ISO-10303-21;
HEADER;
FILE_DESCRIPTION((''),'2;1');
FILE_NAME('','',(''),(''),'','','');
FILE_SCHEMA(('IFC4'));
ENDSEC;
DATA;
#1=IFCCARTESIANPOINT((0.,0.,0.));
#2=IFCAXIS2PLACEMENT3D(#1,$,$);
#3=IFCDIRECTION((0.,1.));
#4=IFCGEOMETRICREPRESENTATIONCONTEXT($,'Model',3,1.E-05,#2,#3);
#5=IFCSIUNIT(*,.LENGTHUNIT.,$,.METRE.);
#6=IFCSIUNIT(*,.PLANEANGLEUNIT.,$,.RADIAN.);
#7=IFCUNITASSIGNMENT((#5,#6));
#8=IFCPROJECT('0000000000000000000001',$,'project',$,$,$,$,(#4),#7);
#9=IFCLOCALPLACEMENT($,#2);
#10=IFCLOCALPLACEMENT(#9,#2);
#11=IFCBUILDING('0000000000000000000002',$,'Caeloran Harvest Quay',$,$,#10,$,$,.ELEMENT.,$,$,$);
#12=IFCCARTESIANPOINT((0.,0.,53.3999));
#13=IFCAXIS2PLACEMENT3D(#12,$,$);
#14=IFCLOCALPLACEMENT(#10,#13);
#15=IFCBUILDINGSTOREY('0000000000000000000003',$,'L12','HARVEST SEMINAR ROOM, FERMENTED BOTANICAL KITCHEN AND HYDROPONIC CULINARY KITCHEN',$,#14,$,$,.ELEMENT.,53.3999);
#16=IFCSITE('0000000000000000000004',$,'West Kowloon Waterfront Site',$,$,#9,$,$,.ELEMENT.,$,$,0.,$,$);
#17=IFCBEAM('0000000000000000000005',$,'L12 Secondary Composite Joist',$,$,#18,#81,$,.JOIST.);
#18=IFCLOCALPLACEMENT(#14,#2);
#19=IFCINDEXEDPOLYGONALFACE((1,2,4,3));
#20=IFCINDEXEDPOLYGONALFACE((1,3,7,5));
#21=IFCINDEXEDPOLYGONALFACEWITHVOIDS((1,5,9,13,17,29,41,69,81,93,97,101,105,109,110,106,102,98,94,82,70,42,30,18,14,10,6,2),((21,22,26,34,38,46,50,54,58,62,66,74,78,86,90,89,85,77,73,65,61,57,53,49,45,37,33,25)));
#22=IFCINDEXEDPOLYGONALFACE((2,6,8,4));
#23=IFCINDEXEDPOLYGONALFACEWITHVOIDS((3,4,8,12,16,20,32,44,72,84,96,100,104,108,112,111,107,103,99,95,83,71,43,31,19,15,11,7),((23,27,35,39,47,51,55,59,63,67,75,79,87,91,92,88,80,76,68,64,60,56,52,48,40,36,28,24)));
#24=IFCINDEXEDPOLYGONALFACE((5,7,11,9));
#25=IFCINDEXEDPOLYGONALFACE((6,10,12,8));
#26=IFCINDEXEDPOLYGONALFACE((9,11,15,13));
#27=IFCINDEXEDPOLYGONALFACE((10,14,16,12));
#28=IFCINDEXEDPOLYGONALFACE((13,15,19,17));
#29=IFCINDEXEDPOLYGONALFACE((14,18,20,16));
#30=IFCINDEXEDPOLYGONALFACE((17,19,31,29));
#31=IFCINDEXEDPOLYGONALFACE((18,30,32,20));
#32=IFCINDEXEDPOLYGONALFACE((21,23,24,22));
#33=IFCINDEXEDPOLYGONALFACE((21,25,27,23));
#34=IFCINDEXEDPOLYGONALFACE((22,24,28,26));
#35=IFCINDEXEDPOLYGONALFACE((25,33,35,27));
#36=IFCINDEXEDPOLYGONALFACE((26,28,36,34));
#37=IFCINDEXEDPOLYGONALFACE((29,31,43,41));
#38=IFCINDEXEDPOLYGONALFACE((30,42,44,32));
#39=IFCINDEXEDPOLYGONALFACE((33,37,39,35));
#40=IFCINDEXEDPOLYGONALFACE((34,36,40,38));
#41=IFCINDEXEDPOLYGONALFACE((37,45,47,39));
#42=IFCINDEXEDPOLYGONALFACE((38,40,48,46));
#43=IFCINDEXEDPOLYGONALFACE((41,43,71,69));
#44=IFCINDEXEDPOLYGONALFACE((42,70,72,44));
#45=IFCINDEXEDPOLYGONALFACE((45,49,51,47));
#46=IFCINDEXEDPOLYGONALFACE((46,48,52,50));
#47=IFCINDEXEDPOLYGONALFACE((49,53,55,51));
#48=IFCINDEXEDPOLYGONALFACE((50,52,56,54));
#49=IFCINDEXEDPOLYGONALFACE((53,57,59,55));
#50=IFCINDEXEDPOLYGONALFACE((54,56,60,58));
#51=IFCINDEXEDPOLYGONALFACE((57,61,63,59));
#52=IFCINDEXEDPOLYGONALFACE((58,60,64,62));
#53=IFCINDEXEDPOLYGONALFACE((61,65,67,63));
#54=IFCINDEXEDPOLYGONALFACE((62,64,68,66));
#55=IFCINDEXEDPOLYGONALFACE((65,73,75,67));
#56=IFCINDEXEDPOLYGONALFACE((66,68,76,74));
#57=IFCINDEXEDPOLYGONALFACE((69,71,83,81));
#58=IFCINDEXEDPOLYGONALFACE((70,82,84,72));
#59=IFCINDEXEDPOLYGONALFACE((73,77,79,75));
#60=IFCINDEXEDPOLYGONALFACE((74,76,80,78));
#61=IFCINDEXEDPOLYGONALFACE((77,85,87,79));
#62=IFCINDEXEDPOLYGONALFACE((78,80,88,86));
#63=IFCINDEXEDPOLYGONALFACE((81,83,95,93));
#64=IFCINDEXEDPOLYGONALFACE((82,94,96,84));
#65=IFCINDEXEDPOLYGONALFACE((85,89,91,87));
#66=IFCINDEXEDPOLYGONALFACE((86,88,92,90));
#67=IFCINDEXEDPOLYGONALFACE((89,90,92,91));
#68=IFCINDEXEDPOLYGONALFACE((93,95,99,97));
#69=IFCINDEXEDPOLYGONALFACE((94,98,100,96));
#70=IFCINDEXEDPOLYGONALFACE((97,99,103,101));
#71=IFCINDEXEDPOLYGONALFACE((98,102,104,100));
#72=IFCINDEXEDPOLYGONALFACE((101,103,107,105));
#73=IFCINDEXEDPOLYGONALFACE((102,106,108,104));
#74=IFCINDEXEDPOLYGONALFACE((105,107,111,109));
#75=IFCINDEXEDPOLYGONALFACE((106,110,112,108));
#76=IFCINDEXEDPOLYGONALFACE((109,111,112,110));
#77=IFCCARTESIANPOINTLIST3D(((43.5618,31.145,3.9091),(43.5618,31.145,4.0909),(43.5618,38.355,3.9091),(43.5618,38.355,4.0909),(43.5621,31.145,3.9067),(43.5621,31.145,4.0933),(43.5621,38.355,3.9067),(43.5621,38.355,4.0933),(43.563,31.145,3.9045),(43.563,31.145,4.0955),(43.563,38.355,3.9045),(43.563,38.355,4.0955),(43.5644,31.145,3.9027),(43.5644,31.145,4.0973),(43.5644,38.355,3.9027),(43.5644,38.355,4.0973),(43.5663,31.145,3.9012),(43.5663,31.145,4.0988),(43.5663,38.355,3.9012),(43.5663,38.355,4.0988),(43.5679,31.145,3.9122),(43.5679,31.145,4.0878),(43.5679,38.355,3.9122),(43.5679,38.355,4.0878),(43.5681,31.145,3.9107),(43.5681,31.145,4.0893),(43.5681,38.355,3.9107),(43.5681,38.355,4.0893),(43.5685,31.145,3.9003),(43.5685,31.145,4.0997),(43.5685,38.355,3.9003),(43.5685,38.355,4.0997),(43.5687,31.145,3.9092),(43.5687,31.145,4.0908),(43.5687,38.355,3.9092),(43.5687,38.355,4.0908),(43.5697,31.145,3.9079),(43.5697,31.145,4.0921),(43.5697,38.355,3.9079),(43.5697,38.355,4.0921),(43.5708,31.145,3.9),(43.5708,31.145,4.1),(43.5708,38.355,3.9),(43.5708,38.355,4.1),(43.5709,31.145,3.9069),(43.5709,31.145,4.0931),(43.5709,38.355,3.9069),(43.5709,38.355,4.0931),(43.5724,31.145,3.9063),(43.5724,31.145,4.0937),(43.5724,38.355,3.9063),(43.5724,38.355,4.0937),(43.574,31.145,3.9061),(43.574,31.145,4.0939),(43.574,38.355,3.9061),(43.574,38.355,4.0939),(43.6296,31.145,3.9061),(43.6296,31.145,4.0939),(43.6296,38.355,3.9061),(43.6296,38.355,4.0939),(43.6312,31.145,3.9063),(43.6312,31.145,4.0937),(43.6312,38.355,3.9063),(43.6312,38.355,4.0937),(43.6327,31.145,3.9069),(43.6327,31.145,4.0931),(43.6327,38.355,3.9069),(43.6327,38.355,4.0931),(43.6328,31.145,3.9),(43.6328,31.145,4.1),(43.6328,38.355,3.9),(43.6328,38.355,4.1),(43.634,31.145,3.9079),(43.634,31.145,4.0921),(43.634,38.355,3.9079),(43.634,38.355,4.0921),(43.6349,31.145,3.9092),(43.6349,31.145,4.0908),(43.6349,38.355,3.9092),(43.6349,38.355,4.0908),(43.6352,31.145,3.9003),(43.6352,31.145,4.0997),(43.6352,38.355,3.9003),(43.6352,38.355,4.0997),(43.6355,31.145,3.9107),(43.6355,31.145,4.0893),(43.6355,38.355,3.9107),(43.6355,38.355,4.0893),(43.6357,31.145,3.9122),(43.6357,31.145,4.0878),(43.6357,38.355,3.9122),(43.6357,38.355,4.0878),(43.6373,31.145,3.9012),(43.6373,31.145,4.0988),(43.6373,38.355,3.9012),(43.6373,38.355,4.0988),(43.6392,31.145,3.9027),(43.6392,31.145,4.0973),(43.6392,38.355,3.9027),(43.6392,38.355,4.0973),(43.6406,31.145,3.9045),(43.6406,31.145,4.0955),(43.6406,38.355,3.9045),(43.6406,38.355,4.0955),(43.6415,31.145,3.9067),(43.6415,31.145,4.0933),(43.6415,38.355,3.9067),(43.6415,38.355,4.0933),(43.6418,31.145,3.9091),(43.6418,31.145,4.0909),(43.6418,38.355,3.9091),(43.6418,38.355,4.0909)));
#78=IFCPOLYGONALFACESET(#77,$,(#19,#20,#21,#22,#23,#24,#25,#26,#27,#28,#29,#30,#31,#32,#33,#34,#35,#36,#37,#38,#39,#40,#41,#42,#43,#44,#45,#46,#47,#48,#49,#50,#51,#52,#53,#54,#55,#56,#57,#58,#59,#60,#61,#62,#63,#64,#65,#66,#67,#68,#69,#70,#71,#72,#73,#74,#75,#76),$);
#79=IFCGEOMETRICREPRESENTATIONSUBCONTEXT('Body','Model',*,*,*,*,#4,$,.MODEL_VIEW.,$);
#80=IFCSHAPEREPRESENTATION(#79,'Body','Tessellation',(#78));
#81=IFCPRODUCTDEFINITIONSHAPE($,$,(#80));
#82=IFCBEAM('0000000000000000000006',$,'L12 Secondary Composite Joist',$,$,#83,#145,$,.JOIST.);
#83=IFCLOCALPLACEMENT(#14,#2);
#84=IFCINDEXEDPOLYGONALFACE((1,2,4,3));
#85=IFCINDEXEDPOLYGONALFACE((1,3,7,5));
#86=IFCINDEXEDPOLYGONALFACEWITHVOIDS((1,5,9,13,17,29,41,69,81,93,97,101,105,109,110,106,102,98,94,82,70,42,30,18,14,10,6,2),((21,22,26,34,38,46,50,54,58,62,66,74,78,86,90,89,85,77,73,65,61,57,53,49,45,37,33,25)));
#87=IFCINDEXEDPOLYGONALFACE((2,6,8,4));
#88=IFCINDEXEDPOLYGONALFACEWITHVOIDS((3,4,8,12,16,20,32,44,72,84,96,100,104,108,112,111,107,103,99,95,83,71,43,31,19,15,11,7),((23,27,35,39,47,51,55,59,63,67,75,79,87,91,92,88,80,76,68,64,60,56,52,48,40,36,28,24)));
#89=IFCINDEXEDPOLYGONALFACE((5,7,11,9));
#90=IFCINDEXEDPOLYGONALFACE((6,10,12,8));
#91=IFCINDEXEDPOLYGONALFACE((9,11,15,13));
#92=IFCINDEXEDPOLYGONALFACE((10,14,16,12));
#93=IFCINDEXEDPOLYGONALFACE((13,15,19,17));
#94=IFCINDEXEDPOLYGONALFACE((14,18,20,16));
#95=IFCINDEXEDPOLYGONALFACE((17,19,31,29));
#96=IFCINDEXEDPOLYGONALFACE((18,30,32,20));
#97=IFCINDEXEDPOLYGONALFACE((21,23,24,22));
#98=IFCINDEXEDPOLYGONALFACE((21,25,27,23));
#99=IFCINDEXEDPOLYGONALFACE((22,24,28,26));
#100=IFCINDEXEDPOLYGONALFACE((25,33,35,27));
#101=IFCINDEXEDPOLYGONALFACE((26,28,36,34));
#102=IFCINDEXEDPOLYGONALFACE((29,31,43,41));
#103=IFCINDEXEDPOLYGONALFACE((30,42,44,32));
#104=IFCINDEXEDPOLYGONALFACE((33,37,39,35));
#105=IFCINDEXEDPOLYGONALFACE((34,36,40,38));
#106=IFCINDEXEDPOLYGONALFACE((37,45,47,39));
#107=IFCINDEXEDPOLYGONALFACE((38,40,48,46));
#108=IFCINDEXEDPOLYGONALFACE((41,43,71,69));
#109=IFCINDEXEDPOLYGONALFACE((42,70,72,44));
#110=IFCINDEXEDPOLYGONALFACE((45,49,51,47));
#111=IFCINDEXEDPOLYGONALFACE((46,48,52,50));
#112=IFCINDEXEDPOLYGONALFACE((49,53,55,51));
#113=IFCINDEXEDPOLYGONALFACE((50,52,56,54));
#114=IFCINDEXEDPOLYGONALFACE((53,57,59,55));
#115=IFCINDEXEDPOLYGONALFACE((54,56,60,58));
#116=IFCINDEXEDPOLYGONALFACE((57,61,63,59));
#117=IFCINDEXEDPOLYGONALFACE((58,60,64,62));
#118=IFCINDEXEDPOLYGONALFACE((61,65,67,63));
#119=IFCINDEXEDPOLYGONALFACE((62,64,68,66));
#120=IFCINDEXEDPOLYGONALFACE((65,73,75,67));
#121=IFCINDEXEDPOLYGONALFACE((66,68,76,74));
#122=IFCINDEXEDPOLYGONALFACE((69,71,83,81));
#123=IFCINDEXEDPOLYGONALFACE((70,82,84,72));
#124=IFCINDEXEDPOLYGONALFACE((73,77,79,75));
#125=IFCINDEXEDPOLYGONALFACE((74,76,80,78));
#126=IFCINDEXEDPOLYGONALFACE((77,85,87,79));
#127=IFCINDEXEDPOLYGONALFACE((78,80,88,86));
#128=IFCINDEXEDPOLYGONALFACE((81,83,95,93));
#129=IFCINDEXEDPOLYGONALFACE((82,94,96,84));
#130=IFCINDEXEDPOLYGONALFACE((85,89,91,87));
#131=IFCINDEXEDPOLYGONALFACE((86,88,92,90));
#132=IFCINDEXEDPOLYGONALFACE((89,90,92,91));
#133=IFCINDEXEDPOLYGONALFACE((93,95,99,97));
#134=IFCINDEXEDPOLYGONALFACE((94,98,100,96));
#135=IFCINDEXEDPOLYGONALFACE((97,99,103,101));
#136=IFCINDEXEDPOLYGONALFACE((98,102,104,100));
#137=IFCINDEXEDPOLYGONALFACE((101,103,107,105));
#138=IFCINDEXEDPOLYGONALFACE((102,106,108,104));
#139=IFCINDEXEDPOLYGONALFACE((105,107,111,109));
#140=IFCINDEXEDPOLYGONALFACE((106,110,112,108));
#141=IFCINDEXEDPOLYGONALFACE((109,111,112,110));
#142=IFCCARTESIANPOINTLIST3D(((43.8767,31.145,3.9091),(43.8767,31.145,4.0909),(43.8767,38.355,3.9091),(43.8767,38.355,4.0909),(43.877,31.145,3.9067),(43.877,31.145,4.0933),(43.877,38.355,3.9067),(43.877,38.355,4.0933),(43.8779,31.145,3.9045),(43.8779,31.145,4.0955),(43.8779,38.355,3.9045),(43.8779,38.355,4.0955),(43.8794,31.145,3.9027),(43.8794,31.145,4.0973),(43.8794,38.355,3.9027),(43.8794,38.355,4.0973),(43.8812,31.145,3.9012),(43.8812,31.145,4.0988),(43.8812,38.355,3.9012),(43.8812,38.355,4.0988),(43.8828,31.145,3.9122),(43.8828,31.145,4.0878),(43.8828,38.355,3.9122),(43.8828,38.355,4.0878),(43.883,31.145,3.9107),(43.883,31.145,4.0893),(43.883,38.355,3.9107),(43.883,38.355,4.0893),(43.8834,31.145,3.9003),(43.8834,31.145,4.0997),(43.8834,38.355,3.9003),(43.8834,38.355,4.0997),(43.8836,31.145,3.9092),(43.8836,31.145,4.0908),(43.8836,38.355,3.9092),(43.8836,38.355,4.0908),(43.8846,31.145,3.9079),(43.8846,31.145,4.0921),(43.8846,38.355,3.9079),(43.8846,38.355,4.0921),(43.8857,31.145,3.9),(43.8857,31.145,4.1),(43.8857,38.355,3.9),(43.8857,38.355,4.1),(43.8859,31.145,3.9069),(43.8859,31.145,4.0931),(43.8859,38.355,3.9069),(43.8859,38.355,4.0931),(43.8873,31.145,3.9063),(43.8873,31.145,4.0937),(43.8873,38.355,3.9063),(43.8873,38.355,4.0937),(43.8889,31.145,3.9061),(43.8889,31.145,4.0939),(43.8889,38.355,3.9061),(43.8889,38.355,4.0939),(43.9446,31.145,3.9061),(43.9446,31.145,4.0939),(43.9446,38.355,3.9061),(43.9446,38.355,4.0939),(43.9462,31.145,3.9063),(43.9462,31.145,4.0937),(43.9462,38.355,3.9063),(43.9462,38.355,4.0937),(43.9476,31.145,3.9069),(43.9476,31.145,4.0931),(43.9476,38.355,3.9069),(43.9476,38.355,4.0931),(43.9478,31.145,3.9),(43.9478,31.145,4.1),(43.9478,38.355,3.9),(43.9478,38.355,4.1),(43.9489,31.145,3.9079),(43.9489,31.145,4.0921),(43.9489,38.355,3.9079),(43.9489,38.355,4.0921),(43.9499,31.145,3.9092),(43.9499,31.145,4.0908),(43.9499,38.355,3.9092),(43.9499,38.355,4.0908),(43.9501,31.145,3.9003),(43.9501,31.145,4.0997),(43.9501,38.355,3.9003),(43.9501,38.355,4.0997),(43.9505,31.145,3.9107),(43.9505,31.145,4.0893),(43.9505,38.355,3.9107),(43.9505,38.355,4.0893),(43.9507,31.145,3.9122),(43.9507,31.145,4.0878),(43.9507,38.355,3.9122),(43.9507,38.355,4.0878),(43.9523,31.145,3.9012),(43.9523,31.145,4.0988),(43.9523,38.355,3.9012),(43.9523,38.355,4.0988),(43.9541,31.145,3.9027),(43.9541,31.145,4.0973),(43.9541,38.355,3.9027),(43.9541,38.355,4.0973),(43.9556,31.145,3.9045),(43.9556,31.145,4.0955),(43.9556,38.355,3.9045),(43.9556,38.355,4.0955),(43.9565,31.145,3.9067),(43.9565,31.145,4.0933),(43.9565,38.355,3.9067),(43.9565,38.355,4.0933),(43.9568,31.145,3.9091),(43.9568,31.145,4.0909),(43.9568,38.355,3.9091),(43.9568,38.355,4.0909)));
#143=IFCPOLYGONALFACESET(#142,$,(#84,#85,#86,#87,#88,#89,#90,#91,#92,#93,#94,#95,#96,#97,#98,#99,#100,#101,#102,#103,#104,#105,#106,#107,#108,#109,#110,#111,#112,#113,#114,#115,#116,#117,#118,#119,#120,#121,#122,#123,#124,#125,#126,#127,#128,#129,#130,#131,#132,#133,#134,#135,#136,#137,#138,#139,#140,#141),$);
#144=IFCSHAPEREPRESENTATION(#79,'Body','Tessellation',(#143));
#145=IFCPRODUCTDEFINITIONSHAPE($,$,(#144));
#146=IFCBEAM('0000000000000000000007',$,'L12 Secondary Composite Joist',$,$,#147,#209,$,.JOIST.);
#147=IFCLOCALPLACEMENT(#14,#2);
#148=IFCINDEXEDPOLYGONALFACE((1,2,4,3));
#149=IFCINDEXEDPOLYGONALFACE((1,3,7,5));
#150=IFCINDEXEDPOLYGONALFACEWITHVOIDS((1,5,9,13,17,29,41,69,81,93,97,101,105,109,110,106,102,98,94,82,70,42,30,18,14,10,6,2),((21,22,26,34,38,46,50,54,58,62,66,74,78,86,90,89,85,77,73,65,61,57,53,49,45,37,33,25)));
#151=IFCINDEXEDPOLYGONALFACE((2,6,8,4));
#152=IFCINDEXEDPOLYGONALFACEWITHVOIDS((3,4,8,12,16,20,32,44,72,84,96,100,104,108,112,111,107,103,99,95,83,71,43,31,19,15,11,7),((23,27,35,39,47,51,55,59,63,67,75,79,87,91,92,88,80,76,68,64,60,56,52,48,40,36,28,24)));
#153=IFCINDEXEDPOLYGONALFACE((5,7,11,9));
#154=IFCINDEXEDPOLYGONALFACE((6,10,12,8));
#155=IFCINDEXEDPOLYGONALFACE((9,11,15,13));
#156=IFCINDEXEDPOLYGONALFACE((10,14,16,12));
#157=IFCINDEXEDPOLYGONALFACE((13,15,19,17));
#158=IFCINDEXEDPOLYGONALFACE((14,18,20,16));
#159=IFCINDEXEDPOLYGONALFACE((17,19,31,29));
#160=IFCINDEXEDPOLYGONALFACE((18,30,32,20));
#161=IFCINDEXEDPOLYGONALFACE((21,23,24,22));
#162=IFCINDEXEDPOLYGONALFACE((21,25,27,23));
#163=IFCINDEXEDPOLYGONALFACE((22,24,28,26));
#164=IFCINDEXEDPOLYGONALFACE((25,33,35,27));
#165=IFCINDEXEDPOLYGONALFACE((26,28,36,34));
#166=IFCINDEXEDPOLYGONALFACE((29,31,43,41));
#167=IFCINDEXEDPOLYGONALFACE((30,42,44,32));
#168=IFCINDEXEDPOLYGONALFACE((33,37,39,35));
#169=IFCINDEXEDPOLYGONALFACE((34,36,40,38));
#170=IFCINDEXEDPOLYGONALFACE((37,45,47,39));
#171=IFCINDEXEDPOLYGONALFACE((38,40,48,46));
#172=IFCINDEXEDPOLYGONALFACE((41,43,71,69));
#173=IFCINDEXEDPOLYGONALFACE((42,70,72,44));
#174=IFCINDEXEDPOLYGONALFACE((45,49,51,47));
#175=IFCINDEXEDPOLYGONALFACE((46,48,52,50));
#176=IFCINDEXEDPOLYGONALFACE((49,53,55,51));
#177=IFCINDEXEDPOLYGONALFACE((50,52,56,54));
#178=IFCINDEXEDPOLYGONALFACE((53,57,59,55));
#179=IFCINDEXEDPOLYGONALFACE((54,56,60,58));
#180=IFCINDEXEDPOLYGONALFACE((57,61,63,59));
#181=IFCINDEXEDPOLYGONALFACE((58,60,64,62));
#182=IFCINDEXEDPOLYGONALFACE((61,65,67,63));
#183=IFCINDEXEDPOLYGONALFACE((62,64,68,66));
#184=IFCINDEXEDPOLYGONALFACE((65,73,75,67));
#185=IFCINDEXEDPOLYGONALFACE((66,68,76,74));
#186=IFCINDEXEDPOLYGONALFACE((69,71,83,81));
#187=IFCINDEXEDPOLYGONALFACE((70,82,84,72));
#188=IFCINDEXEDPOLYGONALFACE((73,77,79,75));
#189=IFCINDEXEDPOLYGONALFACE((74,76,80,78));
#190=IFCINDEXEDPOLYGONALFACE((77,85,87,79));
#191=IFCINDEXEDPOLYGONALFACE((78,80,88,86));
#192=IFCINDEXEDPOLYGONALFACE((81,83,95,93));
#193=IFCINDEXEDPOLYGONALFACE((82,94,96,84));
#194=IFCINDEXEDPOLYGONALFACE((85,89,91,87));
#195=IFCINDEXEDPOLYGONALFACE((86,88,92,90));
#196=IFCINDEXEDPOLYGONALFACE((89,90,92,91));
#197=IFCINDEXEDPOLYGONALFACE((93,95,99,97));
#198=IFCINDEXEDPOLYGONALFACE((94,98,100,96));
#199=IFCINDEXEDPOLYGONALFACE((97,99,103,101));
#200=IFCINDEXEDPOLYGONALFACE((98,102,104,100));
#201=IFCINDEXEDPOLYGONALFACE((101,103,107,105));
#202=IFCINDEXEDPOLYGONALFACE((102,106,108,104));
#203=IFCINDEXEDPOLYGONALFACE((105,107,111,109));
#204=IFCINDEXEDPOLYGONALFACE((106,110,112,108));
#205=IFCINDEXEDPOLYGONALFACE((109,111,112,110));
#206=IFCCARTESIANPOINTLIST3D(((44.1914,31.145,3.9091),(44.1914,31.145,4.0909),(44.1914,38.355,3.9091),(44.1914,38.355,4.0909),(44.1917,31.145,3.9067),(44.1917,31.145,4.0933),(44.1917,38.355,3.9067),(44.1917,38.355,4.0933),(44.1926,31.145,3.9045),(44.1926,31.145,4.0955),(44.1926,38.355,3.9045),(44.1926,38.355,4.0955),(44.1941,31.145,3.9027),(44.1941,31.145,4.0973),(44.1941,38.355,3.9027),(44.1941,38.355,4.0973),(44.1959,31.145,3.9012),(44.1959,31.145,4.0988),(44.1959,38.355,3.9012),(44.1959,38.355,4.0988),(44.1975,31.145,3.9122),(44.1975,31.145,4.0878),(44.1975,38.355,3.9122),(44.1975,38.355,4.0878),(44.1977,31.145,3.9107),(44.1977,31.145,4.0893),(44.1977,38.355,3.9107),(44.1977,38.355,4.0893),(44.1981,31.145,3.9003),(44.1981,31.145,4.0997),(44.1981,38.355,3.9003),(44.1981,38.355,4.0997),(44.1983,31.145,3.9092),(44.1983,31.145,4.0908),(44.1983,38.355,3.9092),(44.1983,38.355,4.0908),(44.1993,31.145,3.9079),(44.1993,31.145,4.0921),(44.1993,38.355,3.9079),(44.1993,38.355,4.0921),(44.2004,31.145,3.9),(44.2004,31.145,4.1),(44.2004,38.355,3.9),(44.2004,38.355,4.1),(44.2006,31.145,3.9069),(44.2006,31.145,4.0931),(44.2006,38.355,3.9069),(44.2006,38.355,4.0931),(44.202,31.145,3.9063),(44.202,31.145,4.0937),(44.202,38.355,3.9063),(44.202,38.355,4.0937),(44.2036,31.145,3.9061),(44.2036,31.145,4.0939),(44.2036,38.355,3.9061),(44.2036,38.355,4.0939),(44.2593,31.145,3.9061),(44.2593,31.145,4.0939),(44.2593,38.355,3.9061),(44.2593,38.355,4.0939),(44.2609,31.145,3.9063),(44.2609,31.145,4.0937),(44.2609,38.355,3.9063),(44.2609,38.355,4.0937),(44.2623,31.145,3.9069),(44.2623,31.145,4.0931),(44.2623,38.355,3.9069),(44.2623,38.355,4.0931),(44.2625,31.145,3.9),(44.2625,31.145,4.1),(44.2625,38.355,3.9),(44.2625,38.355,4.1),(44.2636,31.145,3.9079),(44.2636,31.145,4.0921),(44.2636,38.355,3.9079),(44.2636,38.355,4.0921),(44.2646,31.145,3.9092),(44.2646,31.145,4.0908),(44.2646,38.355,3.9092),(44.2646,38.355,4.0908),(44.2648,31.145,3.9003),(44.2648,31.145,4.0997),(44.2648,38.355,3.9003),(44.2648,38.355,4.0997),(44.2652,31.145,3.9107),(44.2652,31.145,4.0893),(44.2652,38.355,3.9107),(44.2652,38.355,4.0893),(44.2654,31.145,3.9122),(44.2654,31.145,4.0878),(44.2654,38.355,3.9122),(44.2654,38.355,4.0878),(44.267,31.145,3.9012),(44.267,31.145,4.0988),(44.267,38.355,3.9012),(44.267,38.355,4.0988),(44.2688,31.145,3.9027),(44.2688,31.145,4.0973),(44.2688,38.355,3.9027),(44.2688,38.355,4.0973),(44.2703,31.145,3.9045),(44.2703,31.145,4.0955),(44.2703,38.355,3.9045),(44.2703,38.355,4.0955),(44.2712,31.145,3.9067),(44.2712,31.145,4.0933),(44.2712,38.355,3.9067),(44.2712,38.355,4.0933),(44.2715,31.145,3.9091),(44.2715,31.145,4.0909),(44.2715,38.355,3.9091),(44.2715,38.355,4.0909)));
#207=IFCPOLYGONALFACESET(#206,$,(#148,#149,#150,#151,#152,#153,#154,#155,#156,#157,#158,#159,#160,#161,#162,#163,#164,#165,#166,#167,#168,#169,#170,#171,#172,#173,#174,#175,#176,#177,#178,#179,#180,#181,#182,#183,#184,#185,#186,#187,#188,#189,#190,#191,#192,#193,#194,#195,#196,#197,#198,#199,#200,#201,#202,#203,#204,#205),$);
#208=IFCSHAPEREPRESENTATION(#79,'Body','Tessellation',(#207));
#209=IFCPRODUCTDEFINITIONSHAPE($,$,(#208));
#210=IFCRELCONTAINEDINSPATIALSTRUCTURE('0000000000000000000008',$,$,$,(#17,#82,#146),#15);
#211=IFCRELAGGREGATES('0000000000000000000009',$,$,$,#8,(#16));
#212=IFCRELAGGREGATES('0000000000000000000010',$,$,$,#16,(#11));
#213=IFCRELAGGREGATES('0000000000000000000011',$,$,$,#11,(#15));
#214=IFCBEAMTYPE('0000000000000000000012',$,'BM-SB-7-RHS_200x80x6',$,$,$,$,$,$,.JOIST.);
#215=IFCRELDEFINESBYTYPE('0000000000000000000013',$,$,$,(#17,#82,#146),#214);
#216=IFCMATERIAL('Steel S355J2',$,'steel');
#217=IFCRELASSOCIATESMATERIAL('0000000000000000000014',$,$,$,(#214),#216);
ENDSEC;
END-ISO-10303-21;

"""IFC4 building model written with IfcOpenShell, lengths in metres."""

from ifc_helpers import new_model, si_unit, direction, frame, origin, origin_2d, place, context, subcontext, project, spatial, hollow_rectangle, extrude, material, material_profile, profile_set, type_object, element, save


model = new_model("IFC4")

# Units and contexts
model_context = context("Model", 3, precision=1e-05, world=origin(), true_north=direction((0.0, 1.0)))
body_context = subcontext(model_context, "Body", "Model", "MODEL_VIEW")
ifc_project = project(units=[si_unit("LENGTHUNIT", "METRE"), si_unit("PLANEANGLEUNIT", "RADIAN")], contexts=[model_context])

# Site, building, storey
site_placement = place(None, origin())
site = spatial("IfcSite", under=ifc_project, at=site_placement, Name="West Kowloon Waterfront Site", CompositionType="ELEMENT", RefElevation=0.0)
building_placement = place(site_placement, origin())
building = spatial("IfcBuilding", under=site, at=building_placement, Name="Caeloran Harvest Quay", CompositionType="ELEMENT")
storey_placement = place(building_placement, frame((0.0, 0.0, 53.3999)))
storey = spatial("IfcBuildingStorey", under=building, at=storey_placement, Name="L12", Description="HARVEST SEMINAR ROOM, FERMENTED BOTANICAL KITCHEN AND HYDROPONIC CULINARY KITCHEN", CompositionType="ELEMENT", Elevation=53.3999)

# Beams
ifc_material_1 = material(Name="Steel S355J2", Category="steel")
ifc_material_profile_1 = material_profile(ifc_material_1, hollow_rectangle(XDim=0.0801, YDim=0.2, WallThickness=0.0061, InnerFilletRadius=0.0061, OuterFilletRadius=0.009, at=origin_2d()), Name="RHS 200x80x6")
ifc_profile_set_1 = profile_set([ifc_material_profile_1], Name="Steel S355J2")
beam_type_1 = type_object("IfcBeamType", Name="BM-SB-7-RHS_200x80x6", PredefinedType="JOIST", material=ifc_profile_set_1)
for number, where, z_axis, x_axis, name in (
    (1, (43.6018, 31.145, 4.0), (0.0, 1.0, 0.0), (-1.0, 0.0, 0.0), "L12 Secondary Composite Joist"),
    (2, (43.9167, 31.145, 4.0), (0.0, 1.0, 0.0), (-1.0, 0.0, 0.0), "L12 Secondary Composite Joist"),
    (3, (44.2314, 31.145, 4.0), (0.0, 1.0, 0.0), (-1.0, 0.0, 0.0), "L12 Secondary Composite Joist"),
):
    element("IfcBeam", number, at=place(storey_placement, frame(where, z_axis=z_axis, x_axis=x_axis)), inside=storey, type_object=beam_type_1, Name=name, PredefinedType="JOIST", context=body_context, shape_type="SweptSolid", body=[
        extrude(hollow_rectangle(XDim=0.0801, YDim=0.2, WallThickness=0.0061, InnerFilletRadius=0.0061, OuterFilletRadius=0.009, at=origin_2d()), origin(), (0.0, 0.0, 1.0), 7.21),
    ])

save(model, "model.ifc")
